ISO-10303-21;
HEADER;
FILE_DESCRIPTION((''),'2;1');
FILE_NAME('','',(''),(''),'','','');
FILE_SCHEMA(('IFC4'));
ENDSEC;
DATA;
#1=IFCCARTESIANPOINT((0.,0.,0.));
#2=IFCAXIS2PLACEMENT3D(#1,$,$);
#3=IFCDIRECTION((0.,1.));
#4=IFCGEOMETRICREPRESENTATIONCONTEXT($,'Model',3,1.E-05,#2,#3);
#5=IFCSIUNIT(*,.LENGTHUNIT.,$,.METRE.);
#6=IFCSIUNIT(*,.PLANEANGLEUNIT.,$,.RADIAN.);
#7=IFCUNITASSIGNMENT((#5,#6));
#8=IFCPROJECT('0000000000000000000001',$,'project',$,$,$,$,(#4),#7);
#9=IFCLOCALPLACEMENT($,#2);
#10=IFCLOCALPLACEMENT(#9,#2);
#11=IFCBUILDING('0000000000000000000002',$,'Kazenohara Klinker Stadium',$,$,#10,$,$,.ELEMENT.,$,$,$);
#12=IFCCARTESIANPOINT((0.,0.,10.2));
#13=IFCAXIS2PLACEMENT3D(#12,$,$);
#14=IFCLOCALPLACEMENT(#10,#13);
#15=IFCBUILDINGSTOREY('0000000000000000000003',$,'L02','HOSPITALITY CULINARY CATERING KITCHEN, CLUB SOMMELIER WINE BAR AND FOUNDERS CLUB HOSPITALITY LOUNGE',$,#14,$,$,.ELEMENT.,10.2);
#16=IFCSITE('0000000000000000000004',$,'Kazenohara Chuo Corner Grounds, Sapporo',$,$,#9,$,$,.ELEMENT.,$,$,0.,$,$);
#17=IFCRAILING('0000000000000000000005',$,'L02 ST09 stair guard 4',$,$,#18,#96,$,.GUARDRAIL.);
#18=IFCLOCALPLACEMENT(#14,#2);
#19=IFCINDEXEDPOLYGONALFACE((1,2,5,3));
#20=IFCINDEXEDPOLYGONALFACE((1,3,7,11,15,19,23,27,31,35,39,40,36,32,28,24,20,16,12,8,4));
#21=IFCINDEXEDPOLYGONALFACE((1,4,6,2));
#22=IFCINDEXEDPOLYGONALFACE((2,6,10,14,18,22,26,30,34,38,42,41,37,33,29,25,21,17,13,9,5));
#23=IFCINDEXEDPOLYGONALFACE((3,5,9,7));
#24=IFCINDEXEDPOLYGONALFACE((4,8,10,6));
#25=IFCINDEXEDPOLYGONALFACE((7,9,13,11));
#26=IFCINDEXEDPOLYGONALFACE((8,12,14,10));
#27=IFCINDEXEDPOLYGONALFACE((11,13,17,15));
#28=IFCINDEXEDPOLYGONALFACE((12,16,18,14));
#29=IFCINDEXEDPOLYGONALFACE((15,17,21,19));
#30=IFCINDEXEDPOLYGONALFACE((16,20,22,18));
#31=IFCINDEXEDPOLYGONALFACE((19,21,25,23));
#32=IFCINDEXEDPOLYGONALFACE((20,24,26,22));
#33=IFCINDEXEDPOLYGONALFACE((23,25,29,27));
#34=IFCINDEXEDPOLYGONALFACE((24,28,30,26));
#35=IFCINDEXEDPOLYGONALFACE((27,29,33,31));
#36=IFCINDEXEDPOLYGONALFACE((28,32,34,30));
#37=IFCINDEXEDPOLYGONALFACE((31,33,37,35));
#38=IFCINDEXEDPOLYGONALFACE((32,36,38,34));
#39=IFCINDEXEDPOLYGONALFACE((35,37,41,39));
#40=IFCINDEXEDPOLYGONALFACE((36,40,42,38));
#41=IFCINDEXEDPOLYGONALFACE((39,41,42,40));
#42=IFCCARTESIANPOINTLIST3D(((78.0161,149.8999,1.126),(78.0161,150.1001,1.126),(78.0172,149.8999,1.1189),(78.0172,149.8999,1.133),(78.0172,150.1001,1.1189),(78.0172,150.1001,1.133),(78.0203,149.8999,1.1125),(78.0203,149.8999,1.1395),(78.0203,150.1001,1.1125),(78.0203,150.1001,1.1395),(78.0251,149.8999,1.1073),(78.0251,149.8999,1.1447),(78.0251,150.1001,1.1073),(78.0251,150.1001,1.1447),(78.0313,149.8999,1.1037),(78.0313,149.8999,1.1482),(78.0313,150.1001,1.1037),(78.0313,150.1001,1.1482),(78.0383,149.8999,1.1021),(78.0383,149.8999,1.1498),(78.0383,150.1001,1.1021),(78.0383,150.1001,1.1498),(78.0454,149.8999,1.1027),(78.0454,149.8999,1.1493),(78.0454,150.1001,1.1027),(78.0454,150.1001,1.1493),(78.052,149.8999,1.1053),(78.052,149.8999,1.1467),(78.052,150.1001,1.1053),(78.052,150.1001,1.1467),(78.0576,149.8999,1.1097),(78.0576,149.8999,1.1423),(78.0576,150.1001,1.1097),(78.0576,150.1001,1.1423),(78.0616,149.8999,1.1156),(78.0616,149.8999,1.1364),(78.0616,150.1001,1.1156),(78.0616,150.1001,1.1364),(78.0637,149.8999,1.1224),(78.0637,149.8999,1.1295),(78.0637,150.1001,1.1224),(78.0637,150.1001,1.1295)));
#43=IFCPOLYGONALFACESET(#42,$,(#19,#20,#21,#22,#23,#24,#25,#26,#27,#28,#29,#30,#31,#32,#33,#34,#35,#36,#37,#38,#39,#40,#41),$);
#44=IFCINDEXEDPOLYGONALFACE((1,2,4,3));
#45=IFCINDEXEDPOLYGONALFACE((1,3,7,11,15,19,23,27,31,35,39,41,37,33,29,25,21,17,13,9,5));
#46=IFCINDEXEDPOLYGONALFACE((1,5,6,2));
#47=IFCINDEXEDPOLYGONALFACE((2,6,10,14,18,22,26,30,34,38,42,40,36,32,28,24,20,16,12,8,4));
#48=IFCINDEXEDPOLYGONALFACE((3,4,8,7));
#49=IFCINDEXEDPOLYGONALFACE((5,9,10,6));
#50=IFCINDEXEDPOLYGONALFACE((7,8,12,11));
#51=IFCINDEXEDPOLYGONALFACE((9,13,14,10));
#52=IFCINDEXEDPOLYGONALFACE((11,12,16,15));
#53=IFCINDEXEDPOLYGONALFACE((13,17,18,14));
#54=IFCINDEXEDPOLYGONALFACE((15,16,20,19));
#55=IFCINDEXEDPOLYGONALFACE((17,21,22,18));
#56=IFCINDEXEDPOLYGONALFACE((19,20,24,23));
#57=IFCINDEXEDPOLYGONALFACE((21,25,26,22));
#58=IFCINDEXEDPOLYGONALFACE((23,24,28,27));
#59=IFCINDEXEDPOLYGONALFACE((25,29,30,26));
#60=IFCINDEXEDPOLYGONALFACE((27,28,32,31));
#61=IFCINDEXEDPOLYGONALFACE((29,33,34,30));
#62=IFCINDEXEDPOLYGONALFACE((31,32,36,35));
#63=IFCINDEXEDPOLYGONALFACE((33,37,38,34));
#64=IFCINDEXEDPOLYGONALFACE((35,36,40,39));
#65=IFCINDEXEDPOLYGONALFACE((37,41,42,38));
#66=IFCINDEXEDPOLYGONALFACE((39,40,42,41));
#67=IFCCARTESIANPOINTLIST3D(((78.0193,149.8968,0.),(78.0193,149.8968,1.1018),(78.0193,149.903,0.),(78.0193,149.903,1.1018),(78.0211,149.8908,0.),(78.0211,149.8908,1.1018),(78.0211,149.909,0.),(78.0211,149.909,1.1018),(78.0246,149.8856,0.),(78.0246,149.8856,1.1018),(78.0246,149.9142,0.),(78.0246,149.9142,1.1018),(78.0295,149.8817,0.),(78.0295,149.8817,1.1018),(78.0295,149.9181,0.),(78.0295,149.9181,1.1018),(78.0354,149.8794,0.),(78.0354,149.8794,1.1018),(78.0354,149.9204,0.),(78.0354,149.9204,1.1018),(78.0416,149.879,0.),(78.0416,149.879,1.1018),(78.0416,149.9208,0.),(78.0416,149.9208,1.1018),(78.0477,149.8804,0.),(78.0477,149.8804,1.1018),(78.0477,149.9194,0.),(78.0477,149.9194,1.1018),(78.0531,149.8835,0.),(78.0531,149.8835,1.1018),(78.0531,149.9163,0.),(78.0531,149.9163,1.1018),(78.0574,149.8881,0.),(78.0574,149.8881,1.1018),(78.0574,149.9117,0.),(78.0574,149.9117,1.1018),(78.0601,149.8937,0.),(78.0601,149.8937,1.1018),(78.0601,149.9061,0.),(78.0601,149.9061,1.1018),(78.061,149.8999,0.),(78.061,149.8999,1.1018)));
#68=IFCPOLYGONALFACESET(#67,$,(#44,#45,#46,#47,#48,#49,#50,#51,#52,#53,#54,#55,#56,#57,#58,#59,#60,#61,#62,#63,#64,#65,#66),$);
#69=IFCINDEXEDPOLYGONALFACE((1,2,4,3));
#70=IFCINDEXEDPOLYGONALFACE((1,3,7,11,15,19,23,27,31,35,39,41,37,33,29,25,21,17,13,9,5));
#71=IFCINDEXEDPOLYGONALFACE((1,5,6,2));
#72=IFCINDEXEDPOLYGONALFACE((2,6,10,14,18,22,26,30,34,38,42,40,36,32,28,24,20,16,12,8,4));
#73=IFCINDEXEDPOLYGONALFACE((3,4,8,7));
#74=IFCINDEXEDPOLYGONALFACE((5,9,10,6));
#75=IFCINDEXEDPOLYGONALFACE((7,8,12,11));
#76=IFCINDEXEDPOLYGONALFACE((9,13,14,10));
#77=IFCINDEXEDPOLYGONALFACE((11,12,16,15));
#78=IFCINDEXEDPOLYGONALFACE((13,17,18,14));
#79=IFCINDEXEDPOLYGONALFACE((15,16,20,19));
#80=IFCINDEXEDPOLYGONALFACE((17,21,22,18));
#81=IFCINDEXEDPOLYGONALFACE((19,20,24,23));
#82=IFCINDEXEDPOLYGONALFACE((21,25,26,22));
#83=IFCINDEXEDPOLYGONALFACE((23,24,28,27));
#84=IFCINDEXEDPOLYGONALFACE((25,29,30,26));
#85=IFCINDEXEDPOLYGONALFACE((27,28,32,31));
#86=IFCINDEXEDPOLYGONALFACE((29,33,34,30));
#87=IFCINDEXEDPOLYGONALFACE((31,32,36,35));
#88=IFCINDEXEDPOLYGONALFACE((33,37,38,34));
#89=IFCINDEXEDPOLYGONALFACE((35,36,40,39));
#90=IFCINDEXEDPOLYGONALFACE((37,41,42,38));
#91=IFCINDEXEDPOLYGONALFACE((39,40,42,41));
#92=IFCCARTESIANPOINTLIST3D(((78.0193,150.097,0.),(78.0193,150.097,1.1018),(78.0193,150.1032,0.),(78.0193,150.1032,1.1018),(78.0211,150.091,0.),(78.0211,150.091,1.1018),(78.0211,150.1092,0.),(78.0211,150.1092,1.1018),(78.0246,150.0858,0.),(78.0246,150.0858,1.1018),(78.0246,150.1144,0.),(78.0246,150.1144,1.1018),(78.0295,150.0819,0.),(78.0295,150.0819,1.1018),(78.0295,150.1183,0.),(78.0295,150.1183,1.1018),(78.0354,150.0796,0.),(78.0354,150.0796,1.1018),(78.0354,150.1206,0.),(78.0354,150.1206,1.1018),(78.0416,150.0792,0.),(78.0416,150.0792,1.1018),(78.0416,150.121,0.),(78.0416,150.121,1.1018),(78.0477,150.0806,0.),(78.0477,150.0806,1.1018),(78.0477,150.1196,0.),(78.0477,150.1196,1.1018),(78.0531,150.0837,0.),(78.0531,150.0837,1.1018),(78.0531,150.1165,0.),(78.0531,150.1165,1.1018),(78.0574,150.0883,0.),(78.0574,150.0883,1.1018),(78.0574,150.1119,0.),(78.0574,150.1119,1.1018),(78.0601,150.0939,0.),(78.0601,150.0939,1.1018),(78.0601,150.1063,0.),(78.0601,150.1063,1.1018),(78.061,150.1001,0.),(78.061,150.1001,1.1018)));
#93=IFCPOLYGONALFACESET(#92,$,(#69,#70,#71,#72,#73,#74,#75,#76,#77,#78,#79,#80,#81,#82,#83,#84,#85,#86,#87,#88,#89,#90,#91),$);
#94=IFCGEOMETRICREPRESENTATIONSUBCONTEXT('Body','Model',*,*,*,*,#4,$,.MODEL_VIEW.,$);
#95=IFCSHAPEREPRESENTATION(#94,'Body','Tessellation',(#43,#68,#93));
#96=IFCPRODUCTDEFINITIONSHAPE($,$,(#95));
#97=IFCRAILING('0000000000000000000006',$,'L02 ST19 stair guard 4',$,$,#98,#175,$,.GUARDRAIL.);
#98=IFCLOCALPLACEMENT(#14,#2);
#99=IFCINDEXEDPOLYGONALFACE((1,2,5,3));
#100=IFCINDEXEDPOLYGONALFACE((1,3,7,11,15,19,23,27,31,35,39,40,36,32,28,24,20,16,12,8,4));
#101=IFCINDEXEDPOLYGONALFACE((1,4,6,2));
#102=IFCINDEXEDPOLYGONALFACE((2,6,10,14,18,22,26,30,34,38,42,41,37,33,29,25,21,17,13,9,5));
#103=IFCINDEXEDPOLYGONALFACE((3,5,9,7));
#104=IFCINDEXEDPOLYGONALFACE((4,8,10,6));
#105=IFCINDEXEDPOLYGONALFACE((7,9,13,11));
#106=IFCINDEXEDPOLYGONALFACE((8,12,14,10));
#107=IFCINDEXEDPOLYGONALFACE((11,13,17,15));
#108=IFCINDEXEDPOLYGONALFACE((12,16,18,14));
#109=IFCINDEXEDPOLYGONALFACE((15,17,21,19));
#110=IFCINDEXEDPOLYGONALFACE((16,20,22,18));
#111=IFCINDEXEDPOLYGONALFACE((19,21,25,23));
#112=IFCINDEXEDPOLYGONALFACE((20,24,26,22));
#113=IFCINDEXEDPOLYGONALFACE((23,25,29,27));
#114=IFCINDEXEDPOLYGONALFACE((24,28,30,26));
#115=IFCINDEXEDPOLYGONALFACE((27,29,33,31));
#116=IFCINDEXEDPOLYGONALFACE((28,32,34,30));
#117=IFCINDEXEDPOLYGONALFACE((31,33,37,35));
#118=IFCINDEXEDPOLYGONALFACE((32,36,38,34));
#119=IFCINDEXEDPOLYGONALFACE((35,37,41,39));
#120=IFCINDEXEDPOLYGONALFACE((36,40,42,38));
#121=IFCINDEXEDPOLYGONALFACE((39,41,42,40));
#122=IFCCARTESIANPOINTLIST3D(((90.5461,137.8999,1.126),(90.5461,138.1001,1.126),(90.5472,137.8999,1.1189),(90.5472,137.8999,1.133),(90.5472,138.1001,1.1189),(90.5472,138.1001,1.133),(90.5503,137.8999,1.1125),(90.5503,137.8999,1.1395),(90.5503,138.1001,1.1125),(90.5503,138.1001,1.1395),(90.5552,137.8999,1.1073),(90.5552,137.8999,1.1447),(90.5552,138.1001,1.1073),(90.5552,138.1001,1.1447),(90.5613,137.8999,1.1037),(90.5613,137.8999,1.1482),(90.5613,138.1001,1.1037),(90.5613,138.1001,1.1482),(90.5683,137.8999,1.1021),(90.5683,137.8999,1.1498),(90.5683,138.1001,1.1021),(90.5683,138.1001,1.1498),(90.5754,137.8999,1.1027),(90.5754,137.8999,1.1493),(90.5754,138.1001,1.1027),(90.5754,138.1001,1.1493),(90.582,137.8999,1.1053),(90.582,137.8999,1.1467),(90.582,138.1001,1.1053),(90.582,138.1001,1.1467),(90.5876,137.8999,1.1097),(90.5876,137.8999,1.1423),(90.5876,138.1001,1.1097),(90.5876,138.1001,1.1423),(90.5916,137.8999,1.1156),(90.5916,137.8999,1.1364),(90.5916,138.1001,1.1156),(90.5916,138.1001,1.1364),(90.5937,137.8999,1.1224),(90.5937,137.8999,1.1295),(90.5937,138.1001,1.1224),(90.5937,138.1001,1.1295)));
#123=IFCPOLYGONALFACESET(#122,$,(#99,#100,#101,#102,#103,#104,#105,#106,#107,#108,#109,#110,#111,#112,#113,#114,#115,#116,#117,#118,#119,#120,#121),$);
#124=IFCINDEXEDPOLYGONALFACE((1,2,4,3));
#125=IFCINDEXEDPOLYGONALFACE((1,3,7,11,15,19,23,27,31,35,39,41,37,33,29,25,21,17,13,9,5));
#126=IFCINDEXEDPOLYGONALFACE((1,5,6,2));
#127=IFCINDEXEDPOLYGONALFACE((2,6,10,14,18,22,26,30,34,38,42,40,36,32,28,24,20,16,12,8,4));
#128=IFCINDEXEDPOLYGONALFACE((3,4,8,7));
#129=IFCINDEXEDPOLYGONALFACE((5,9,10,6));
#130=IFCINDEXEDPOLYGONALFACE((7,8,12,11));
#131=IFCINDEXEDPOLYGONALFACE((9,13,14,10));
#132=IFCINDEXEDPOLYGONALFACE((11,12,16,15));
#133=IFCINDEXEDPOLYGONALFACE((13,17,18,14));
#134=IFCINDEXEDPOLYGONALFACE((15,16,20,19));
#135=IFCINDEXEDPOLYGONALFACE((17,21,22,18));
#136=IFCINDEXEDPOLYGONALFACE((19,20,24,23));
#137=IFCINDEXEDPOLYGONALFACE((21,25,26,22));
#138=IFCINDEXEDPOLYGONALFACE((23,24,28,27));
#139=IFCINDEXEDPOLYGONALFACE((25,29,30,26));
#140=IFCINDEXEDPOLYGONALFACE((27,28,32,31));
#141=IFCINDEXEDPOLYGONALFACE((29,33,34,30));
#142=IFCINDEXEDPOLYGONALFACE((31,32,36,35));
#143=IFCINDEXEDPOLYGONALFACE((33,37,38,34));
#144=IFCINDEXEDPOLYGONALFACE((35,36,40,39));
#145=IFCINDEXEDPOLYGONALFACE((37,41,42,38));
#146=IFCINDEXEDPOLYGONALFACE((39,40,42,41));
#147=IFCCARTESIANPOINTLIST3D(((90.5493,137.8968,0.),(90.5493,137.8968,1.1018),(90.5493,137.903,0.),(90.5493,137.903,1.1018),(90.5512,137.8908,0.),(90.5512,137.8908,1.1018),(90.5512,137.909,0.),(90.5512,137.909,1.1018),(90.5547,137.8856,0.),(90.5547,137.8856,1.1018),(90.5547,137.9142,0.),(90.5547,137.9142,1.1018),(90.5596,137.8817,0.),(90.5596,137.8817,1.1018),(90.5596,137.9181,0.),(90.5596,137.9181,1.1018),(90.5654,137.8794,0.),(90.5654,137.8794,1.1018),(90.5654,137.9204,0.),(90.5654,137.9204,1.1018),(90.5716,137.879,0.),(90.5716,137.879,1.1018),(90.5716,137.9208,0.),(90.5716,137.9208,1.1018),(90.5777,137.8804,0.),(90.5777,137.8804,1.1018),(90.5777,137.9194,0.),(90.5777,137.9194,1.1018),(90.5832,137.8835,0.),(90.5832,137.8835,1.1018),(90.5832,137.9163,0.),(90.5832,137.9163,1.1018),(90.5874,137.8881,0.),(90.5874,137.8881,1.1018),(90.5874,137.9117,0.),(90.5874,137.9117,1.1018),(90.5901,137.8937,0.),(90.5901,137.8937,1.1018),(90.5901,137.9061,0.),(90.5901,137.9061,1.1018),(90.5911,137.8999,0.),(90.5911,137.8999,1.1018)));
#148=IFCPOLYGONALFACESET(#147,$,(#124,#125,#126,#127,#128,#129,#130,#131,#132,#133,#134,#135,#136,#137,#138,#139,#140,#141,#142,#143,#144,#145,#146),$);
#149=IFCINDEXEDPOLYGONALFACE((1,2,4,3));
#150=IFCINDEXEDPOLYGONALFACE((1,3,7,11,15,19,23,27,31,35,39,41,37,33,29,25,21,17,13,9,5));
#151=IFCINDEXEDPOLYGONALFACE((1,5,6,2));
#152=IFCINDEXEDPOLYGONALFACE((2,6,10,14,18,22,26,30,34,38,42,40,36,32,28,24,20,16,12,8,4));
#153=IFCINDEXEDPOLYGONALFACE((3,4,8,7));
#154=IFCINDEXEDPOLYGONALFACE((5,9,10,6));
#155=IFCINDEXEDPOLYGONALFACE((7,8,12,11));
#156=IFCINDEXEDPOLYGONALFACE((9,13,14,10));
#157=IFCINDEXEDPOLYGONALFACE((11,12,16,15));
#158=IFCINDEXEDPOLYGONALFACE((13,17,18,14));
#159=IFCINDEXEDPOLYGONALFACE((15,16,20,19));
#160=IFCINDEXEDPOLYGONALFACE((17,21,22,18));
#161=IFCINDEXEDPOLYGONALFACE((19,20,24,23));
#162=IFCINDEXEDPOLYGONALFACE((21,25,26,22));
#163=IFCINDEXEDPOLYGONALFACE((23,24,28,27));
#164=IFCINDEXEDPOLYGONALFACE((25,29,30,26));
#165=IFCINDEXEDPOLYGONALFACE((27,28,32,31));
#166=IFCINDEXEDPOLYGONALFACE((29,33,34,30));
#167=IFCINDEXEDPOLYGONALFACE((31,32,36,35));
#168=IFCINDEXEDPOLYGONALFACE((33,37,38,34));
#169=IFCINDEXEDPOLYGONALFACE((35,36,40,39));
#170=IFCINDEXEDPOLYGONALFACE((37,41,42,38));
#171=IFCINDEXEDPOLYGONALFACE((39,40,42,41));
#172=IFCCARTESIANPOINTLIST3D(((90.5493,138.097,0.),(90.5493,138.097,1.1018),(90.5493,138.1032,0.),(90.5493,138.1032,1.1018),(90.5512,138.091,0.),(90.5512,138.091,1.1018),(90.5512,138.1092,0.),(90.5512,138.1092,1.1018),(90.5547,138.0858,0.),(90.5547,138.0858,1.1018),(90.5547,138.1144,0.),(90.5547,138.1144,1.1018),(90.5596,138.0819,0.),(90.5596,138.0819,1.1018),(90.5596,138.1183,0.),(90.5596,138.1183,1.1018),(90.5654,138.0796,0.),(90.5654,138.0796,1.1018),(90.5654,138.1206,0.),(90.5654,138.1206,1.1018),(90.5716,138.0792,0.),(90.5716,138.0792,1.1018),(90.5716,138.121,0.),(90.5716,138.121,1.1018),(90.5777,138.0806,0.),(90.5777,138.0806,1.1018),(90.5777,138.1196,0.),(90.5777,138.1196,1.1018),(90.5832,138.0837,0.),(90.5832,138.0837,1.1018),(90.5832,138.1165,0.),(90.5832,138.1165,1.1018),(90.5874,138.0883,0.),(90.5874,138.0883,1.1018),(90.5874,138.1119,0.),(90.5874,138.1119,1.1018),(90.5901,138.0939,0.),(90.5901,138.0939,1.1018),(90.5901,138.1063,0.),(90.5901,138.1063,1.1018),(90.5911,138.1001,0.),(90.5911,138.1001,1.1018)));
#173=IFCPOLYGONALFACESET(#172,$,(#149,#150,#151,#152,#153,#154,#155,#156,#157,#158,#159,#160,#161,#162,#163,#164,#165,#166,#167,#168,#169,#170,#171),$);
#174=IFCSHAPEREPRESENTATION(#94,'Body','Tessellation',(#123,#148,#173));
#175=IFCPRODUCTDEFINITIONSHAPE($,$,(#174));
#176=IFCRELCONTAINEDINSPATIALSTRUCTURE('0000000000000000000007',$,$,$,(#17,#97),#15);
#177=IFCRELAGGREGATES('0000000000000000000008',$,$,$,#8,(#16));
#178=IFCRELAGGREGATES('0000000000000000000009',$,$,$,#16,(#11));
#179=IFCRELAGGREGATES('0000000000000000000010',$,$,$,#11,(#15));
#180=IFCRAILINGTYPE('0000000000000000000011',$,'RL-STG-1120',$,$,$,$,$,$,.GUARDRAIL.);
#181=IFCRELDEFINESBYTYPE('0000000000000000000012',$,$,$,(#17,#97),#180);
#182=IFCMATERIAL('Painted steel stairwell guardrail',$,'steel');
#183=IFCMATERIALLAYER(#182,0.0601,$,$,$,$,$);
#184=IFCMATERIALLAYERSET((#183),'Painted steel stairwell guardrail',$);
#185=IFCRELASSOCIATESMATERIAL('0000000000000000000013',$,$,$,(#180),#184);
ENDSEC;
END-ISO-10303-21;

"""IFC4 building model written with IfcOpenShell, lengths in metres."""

from ifc_helpers import new_model, si_unit, direction, frame, origin, origin_2d, place, context, subcontext, project, spatial, circle, extrude, material, layer, layer_set, type_object, element, save


model = new_model("IFC4")

# Units and contexts
model_context = context("Model", 3, precision=1e-05, world=origin(), true_north=direction((0.0, 1.0)))
body_context = subcontext(model_context, "Body", "Model", "MODEL_VIEW")
ifc_project = project(units=[si_unit("LENGTHUNIT", "METRE"), si_unit("PLANEANGLEUNIT", "RADIAN")], contexts=[model_context])

# Site, building, storey
site_placement = place(None, origin())
site = spatial("IfcSite", under=ifc_project, at=site_placement, Name="Kazenohara Chuo Corner Grounds, Sapporo", CompositionType="ELEMENT", RefElevation=0.0)
building_placement = place(site_placement, origin())
building = spatial("IfcBuilding", under=site, at=building_placement, Name="Kazenohara Klinker Stadium", CompositionType="ELEMENT")
storey_placement = place(building_placement, frame((0.0, 0.0, 10.2)))
storey = spatial("IfcBuildingStorey", under=building, at=storey_placement, Name="L02", Description="HOSPITALITY CULINARY CATERING KITCHEN, CLUB SOMMELIER WINE BAR AND FOUNDERS CLUB HOSPITALITY LOUNGE", CompositionType="ELEMENT", Elevation=10.2)

# Railings
ifc_material_1 = material(Name="Painted steel stairwell guardrail", Category="steel")
ifc_layer_1 = layer(ifc_material_1, 0.0601)
ifc_layer_set_1 = layer_set([ifc_layer_1], Name="Painted steel stairwell guardrail")
railing_type_1 = type_object("IfcRailingType", Name="RL-STG-1120", PredefinedType="GUARDRAIL", material=ifc_layer_set_1)
for number, where, name in (
    (1, (78.04, 149.8999, 0.0), "L02 ST09 stair guard 4"),
    (2, (90.5701, 137.8999, 0.0), "L02 ST19 stair guard 4"),
):
    element("IfcRailing", number, at=place(storey_placement, frame(where)), inside=storey, type_object=railing_type_1, Name=name, PredefinedType="GUARDRAIL", context=body_context, shape_type="SweptSolid", body=[
        extrude(circle(Radius=0.0239, at=origin_2d()), frame((0.0, 0.0, 1.126), z_axis=(0.0, 1.0, 0.0), x_axis=(-1.0, 0.0, 0.0)), (0.0, 0.0, 1.0), 0.2002),
        extrude(circle(Radius=0.021, at=origin_2d()), origin(), (0.0, 0.0, 1.0), 1.1018),
        extrude(circle(Radius=0.021, at=origin_2d()), frame((0.0, 0.2002, 0.0)), (0.0, 0.0, 1.0), 1.1018),
    ])

save(model, "model.ifc")
